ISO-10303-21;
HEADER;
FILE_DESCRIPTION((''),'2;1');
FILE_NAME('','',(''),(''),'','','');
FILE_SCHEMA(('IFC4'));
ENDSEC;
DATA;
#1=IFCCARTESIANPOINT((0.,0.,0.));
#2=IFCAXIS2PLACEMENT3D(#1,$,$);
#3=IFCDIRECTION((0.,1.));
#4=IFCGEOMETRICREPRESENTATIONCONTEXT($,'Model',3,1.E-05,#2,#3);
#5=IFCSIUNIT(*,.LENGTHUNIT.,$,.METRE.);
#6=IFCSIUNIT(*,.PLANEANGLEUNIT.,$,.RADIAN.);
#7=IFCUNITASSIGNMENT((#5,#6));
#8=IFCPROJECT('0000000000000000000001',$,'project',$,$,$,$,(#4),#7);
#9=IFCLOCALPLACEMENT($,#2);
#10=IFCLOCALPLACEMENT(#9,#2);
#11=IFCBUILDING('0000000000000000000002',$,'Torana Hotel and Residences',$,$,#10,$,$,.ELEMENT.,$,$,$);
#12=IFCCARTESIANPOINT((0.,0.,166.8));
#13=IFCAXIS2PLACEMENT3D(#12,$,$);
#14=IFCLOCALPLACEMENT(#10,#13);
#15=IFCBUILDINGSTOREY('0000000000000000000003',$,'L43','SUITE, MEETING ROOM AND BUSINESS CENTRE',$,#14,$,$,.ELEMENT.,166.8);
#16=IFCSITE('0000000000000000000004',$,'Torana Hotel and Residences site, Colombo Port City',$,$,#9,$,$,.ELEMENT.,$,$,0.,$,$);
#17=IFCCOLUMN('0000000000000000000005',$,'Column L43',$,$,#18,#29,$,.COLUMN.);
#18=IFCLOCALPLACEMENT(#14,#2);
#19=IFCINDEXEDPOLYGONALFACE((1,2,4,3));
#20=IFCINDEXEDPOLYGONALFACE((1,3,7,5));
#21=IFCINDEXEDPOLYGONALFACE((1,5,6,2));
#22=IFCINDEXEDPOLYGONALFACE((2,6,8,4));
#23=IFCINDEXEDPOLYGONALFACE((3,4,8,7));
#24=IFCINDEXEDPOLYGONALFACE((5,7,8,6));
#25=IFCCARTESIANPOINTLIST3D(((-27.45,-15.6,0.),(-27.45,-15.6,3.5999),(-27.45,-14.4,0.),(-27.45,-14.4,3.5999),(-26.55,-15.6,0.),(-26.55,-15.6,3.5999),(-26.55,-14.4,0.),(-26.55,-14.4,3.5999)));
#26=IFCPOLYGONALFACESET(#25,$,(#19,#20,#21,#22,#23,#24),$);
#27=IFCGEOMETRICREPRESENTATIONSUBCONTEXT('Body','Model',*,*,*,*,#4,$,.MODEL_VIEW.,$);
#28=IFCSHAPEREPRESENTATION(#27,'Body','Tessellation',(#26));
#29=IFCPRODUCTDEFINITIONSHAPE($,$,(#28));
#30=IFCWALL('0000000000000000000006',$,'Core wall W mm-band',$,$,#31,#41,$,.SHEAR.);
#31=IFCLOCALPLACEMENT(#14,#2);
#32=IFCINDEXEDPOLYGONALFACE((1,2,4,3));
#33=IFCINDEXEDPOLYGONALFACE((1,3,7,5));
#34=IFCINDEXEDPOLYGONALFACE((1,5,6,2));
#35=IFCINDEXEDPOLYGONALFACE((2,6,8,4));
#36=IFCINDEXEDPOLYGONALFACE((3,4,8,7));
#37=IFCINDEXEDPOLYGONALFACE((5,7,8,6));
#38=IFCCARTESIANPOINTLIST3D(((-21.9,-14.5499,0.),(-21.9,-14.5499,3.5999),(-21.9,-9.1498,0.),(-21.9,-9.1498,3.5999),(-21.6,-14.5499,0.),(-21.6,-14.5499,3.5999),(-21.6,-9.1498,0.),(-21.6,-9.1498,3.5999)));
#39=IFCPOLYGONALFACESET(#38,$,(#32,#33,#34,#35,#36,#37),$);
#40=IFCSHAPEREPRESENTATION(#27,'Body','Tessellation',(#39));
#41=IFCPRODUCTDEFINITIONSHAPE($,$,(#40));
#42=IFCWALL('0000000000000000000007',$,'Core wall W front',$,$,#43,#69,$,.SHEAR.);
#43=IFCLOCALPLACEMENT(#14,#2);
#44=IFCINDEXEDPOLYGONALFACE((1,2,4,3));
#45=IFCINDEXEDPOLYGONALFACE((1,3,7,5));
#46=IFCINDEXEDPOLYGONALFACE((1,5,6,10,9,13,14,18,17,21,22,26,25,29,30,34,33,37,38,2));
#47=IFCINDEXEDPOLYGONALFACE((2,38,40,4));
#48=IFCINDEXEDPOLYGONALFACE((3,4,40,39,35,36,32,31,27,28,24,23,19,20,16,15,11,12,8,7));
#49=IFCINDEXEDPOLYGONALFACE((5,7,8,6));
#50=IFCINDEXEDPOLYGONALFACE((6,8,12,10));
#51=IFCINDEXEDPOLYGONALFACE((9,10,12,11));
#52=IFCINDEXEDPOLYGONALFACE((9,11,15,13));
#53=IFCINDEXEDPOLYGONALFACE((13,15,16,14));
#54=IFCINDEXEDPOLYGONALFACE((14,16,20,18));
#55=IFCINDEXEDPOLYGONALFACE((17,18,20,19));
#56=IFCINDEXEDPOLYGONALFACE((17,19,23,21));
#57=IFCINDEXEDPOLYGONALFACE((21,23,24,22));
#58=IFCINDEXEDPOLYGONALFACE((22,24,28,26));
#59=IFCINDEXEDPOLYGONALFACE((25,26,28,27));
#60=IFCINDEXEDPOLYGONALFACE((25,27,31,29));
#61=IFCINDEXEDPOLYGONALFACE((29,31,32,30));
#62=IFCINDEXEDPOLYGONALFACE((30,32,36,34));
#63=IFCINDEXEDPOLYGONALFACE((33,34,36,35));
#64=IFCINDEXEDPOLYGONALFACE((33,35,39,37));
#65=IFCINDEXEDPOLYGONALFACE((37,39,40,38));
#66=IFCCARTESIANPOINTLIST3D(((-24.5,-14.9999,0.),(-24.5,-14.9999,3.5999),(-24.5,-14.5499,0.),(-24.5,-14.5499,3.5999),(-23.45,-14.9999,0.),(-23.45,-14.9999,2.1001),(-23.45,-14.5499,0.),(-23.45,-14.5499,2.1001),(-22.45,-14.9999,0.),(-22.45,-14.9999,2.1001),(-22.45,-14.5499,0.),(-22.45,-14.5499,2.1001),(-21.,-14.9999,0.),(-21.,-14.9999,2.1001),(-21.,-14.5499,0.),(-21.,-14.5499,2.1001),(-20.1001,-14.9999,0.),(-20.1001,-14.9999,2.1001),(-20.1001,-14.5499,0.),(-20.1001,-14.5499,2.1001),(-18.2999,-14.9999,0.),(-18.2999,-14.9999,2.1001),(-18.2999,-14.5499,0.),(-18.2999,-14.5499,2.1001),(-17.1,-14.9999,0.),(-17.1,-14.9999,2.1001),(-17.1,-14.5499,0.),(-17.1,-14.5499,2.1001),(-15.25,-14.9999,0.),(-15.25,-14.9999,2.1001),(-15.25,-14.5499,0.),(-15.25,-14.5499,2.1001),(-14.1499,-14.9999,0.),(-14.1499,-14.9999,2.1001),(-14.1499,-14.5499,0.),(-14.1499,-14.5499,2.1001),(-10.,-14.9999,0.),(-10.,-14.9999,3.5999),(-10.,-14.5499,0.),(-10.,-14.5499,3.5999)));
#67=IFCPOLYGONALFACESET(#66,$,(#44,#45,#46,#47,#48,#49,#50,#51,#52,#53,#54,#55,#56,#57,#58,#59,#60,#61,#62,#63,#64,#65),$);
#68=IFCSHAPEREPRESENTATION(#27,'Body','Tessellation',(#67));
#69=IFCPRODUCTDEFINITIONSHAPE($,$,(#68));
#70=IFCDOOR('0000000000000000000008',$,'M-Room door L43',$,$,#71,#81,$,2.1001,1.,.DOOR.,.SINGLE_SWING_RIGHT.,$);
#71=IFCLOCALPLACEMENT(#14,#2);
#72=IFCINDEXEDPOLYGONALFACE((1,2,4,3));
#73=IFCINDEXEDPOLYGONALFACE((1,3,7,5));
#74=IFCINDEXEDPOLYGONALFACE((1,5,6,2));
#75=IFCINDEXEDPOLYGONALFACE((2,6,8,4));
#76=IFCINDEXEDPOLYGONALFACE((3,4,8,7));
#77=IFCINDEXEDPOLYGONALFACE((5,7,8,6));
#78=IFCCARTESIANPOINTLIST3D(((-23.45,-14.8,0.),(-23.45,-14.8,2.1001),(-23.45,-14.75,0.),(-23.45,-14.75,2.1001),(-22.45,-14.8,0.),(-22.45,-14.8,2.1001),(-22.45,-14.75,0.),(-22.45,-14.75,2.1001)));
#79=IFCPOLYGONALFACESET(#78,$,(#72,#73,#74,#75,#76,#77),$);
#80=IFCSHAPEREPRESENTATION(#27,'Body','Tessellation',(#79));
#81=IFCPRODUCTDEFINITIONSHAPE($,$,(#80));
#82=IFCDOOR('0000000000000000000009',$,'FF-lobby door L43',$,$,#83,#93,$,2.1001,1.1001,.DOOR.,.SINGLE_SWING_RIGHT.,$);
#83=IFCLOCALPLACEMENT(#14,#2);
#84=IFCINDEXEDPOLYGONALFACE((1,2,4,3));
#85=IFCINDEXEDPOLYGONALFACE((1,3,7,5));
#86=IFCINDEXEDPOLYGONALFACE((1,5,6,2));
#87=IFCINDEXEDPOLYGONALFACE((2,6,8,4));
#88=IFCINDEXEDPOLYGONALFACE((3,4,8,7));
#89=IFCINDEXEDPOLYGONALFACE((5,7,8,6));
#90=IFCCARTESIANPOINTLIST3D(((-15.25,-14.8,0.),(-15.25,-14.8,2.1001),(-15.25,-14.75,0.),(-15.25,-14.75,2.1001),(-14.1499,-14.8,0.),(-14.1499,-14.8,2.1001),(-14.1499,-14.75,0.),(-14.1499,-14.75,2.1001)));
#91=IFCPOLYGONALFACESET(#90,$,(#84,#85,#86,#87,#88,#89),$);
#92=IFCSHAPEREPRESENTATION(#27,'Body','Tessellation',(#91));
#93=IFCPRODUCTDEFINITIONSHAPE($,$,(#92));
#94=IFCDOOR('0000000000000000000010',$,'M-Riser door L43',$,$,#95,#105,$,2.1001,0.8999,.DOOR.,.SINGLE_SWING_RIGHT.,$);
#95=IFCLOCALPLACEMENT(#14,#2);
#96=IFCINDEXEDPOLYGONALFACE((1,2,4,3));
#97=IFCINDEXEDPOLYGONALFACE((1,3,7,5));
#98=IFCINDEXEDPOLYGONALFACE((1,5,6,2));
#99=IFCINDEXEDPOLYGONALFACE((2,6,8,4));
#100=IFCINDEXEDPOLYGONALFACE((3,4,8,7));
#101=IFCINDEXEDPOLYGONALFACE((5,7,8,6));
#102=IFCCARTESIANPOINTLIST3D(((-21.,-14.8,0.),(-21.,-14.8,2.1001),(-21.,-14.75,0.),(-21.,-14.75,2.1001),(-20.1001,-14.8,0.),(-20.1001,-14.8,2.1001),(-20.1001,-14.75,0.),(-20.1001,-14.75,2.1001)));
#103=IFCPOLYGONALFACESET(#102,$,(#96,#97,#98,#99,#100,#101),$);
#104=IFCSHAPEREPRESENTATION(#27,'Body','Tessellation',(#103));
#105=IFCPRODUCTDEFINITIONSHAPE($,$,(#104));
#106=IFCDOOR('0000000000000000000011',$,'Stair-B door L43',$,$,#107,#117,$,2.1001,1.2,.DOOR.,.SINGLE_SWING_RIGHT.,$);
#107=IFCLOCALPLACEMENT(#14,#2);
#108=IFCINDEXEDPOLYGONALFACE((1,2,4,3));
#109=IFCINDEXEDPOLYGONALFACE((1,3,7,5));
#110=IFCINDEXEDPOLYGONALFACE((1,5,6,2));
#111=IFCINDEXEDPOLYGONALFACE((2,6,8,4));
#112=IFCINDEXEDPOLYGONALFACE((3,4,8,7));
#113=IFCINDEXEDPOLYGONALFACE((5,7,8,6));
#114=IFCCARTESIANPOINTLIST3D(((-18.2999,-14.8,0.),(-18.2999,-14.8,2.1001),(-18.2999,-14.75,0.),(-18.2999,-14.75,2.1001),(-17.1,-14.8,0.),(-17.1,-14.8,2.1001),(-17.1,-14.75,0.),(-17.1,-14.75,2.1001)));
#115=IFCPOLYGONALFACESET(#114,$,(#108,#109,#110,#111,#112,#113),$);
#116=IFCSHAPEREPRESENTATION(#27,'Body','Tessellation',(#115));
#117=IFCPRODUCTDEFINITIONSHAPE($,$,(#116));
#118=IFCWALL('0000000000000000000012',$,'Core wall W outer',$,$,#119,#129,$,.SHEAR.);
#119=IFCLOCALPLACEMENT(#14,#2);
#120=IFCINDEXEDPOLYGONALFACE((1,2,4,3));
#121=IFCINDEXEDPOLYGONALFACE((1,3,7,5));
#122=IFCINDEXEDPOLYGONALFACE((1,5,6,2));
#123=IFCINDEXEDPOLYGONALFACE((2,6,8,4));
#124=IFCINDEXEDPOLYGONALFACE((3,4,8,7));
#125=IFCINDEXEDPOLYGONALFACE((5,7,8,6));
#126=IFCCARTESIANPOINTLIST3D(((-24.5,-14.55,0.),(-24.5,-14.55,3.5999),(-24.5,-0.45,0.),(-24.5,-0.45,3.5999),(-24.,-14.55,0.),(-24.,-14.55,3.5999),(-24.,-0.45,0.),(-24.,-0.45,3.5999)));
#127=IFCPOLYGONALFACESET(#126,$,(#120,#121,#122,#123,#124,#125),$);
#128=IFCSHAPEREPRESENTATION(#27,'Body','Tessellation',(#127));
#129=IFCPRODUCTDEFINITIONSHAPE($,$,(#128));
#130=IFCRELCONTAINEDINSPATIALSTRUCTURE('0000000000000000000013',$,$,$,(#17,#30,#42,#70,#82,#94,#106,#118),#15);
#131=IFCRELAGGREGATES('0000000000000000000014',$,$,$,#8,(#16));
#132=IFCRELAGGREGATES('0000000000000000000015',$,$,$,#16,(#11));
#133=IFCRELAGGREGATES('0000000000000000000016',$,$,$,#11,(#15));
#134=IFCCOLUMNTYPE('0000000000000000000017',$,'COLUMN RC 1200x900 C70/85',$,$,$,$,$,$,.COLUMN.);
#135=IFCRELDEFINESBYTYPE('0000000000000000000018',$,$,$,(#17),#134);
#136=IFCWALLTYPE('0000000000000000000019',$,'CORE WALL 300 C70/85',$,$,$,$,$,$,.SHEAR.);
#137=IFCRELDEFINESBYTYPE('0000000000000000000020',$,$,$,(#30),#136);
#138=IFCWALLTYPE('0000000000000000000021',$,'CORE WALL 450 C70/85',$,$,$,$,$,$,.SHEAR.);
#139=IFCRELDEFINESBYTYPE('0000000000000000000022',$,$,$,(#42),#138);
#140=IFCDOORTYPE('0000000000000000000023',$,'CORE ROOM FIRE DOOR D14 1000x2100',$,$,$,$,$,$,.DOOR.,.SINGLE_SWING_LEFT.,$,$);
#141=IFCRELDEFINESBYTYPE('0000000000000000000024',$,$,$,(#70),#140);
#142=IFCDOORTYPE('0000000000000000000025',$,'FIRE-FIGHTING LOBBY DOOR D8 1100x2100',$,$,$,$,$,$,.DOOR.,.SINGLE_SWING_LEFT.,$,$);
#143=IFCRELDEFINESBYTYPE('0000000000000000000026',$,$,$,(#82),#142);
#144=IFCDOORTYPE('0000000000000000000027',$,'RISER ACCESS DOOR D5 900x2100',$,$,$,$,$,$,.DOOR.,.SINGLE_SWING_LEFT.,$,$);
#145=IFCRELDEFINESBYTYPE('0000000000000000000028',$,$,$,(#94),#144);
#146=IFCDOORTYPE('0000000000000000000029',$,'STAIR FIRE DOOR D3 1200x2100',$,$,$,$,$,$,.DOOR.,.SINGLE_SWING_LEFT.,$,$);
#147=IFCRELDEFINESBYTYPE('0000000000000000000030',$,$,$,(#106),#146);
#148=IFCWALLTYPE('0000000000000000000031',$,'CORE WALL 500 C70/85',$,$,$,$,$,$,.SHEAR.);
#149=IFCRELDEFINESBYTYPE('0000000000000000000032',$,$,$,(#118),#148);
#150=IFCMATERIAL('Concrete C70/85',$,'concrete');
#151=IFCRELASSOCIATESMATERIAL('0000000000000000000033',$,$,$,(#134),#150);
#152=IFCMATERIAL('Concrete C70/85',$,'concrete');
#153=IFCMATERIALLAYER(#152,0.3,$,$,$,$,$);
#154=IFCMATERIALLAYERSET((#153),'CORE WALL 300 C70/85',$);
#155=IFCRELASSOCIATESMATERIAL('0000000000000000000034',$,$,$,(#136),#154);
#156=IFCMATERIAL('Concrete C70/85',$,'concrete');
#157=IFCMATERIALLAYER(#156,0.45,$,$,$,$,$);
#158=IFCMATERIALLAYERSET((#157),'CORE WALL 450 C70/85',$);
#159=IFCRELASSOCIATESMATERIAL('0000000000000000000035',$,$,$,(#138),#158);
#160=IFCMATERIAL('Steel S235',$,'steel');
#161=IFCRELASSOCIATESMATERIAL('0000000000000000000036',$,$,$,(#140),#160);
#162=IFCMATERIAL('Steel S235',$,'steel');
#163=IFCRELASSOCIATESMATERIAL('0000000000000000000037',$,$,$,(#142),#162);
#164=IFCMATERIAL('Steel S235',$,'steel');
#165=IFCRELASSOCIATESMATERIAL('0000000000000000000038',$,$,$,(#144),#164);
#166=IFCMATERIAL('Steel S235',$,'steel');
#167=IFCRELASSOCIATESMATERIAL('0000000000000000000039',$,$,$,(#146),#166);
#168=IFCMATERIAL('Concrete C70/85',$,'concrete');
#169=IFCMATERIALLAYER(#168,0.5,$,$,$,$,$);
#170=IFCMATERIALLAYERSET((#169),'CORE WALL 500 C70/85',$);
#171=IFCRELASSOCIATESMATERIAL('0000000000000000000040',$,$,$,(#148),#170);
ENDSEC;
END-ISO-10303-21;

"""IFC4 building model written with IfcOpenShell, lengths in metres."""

from ifc_helpers import new_model, si_unit, direction, frame, frame_2d, origin, origin_2d, place, context, subcontext, project, spatial, rectangle, extrude, material, layer, layer_set, material_profile, profile_set, type_object, element, fill, save


model = new_model("IFC4")

# Units and contexts
model_context = context("Model", 3, precision=1e-05, world=origin(), true_north=direction((0.0, 1.0)))
body_context = subcontext(model_context, "Body", "Model", "MODEL_VIEW")
ifc_project = project(units=[si_unit("LENGTHUNIT", "METRE"), si_unit("PLANEANGLEUNIT", "RADIAN")], contexts=[model_context])

# Site, building, storey
site_placement = place(None, origin())
site = spatial("IfcSite", under=ifc_project, at=site_placement, Name="Torana Hotel and Residences site, Colombo Port City", CompositionType="ELEMENT", RefElevation=0.0)
building_placement = place(site_placement, origin())
building = spatial("IfcBuilding", under=site, at=building_placement, Name="Torana Hotel and Residences", CompositionType="ELEMENT")
storey_placement = place(building_placement, frame((0.0, 0.0, 166.8)))
storey = spatial("IfcBuildingStorey", under=building, at=storey_placement, Name="L43", Description="SUITE, MEETING ROOM AND BUSINESS CENTRE", CompositionType="ELEMENT", Elevation=166.8)

# Column
ifc_material_1 = material(Name="Concrete C70/85", Category="concrete")
ifc_material_profile = material_profile(ifc_material_1, rectangle(XDim=1.2, YDim=0.8999, at=origin_2d()), Name="RC 1200x900")
ifc_profile_set = profile_set([ifc_material_profile], Name="Concrete C70/85")
column_type = type_object("IfcColumnType", Name="COLUMN RC 1200x900 C70/85", PredefinedType="COLUMN", material=ifc_profile_set)
column_placement = place(storey_placement, frame((-27.0, -15.0, 0.0), z_axis=(0.0, 0.0, 1.0), x_axis=(0.0, 1.0, 0.0)))
element("IfcColumn", 1, at=column_placement, inside=storey, type_object=column_type, Name="Column L43", PredefinedType="COLUMN", context=body_context, shape_type="SweptSolid", body=[
    extrude(rectangle(XDim=1.2, YDim=0.8999, at=origin_2d()), origin(), (0.0, 0.0, 1.0), 3.5999),
])

# Wall
ifc_material_2 = material(Name="Concrete C70/85", Category="concrete")
ifc_layer_1 = layer(ifc_material_2, 0.3)
ifc_layer_set_1 = layer_set([ifc_layer_1], Name="CORE WALL 300 C70/85")
wall_type_1 = type_object("IfcWallType", Name="CORE WALL 300 C70/85", PredefinedType="SHEAR", material=ifc_layer_set_1)
wall_1_placement = place(storey_placement, frame((-21.75, -14.55, 0.0), z_axis=(0.0, 0.0, 1.0), x_axis=(0.0, 1.0, 0.0)))
element("IfcWall", 2, at=wall_1_placement, inside=storey, type_object=wall_type_1, Name="Core wall W mm-band", PredefinedType="SHEAR", context=body_context, shape_type="SweptSolid", body=[
    extrude(rectangle(XDim=5.4001, YDim=0.3, at=frame_2d((2.7002, 0.0))), origin(), (0.0, 0.0, 1.0), 3.5999),
])

# Wall, openings, doors
ifc_material_3 = material(Name="Concrete C70/85", Category="concrete")
ifc_layer_2 = layer(ifc_material_3, 0.45)
ifc_layer_set_2 = layer_set([ifc_layer_2], Name="CORE WALL 450 C70/85")
wall_type_2 = type_object("IfcWallType", Name="CORE WALL 450 C70/85", PredefinedType="SHEAR", material=ifc_layer_set_2)
wall_2_placement = place(storey_placement, frame((-24.5, -14.7749, 0.0), z_axis=(0.0, 0.0, 1.0), x_axis=(1.0, 0.0, 0.0)))
wall_2 = element("IfcWall", 3, at=wall_2_placement, inside=storey, type_object=wall_type_2, Name="Core wall W front", PredefinedType="SHEAR", context=body_context, shape_type="SweptSolid", body=[
    extrude(rectangle(XDim=14.5, YDim=0.45, at=frame_2d((7.25, 0.0))), origin(), (0.0, 0.0, 1.0), 3.5999),
])
opening_1_placement = place(wall_2_placement, frame((6.2, 0.0, 0.0)))
opening_1 = element("IfcOpeningElement", 4, at=opening_1_placement, cuts=wall_2, PredefinedType="OPENING", context=body_context, shape_type="SweptSolid", body=[
    extrude(rectangle(XDim=1.2, YDim=2.1001, at=frame_2d((0.6001, 1.05))), frame((0.0, 0.2349, 0.0), z_axis=(0.0, -1.0, 0.0), x_axis=(1.0, 0.0, 0.0)), (0.0, 0.0, 1.0), 0.47),
])
opening_2_placement = place(wall_2_placement, frame((9.25, 0.0, 0.0)))
opening_2 = element("IfcOpeningElement", 5, at=opening_2_placement, cuts=wall_2, PredefinedType="OPENING", context=body_context, shape_type="SweptSolid", body=[
    extrude(rectangle(XDim=1.1001, YDim=2.1001, at=frame_2d((0.55, 1.05))), frame((0.0, 0.2349, 0.0), z_axis=(0.0, -1.0, 0.0), x_axis=(1.0, 0.0, 0.0)), (0.0, 0.0, 1.0), 0.47),
])
opening_3_placement = place(wall_2_placement, frame((3.5, 0.0, 0.0)))
opening_3 = element("IfcOpeningElement", 6, at=opening_3_placement, cuts=wall_2, PredefinedType="OPENING", context=body_context, shape_type="SweptSolid", body=[
    extrude(rectangle(XDim=0.8999, YDim=2.1001, at=frame_2d((0.45, 1.05))), frame((0.0, 0.2349, 0.0), z_axis=(0.0, -1.0, 0.0), x_axis=(1.0, 0.0, 0.0)), (0.0, 0.0, 1.0), 0.47),
])
opening_4_placement = place(wall_2_placement, frame((1.05, 0.0, 0.0)))
opening_4 = element("IfcOpeningElement", 7, at=opening_4_placement, cuts=wall_2, PredefinedType="OPENING", context=body_context, shape_type="SweptSolid", body=[
    extrude(rectangle(XDim=1.0, YDim=2.1001, at=frame_2d((0.5, 1.05))), frame((0.0, 0.2349, 0.0), z_axis=(0.0, -1.0, 0.0), x_axis=(1.0, 0.0, 0.0)), (0.0, 0.0, 1.0), 0.47),
])
ifc_material_4 = material(Name="Steel S235", Category="steel")
door_type_1 = type_object("IfcDoorType", Name="CORE ROOM FIRE DOOR D14 1000x2100", OperationType="SINGLE_SWING_LEFT", PredefinedType="DOOR", material=ifc_material_4)
door_1_placement = place(opening_4_placement, origin())
door_1 = element("IfcDoor", 8, at=door_1_placement, inside=storey, type_object=door_type_1, Name="M-Room door L43", OperationType="SINGLE_SWING_RIGHT", OverallHeight=2.1001, OverallWidth=1.0, PredefinedType="DOOR", context=body_context, shape_type="SweptSolid", body=[
    extrude(rectangle(XDim=1.0, YDim=2.1001, at=frame_2d((0.5, 1.05))), frame((0.0, 0.0249, 0.0), z_axis=(0.0, -1.0, 0.0), x_axis=(1.0, 0.0, 0.0)), (0.0, 0.0, 1.0), 0.05),
])
fill(opening_4, door_1)
ifc_material_5 = material(Name="Steel S235", Category="steel")
door_type_2 = type_object("IfcDoorType", Name="FIRE-FIGHTING LOBBY DOOR D8 1100x2100", OperationType="SINGLE_SWING_LEFT", PredefinedType="DOOR", material=ifc_material_5)
door_2_placement = place(opening_2_placement, origin())
door_2 = element("IfcDoor", 9, at=door_2_placement, inside=storey, type_object=door_type_2, Name="FF-lobby door L43", OperationType="SINGLE_SWING_RIGHT", OverallHeight=2.1001, OverallWidth=1.1001, PredefinedType="DOOR", context=body_context, shape_type="SweptSolid", body=[
    extrude(rectangle(XDim=1.1001, YDim=2.1001, at=frame_2d((0.55, 1.05))), frame((0.0, 0.0249, 0.0), z_axis=(0.0, -1.0, 0.0), x_axis=(1.0, 0.0, 0.0)), (0.0, 0.0, 1.0), 0.05),
])
fill(opening_2, door_2)
ifc_material_6 = material(Name="Steel S235", Category="steel")
door_type_3 = type_object("IfcDoorType", Name="RISER ACCESS DOOR D5 900x2100", OperationType="SINGLE_SWING_LEFT", PredefinedType="DOOR", material=ifc_material_6)
door_3_placement = place(opening_3_placement, origin())
door_3 = element("IfcDoor", 10, at=door_3_placement, inside=storey, type_object=door_type_3, Name="M-Riser door L43", OperationType="SINGLE_SWING_RIGHT", OverallHeight=2.1001, OverallWidth=0.8999, PredefinedType="DOOR", context=body_context, shape_type="SweptSolid", body=[
    extrude(rectangle(XDim=0.8999, YDim=2.1001, at=frame_2d((0.45, 1.05))), frame((0.0, 0.0249, 0.0), z_axis=(0.0, -1.0, 0.0), x_axis=(1.0, 0.0, 0.0)), (0.0, 0.0, 1.0), 0.05),
])
fill(opening_3, door_3)
ifc_material_7 = material(Name="Steel S235", Category="steel")
door_type_4 = type_object("IfcDoorType", Name="STAIR FIRE DOOR D3 1200x2100", OperationType="SINGLE_SWING_LEFT", PredefinedType="DOOR", material=ifc_material_7)
door_4_placement = place(opening_1_placement, origin())
door_4 = element("IfcDoor", 11, at=door_4_placement, inside=storey, type_object=door_type_4, Name="Stair-B door L43", OperationType="SINGLE_SWING_RIGHT", OverallHeight=2.1001, OverallWidth=1.2, PredefinedType="DOOR", context=body_context, shape_type="SweptSolid", body=[
    extrude(rectangle(XDim=1.2, YDim=2.1001, at=frame_2d((0.6001, 1.05))), frame((0.0, 0.0249, 0.0), z_axis=(0.0, -1.0, 0.0), x_axis=(1.0, 0.0, 0.0)), (0.0, 0.0, 1.0), 0.05),
])
fill(opening_1, door_4)

# Wall
ifc_material_8 = material(Name="Concrete C70/85", Category="concrete")
ifc_layer_3 = layer(ifc_material_8, 0.5)
ifc_layer_set_3 = layer_set([ifc_layer_3], Name="CORE WALL 500 C70/85")
wall_type_3 = type_object("IfcWallType", Name="CORE WALL 500 C70/85", PredefinedType="SHEAR", material=ifc_layer_set_3)
wall_3_placement = place(storey_placement, frame((-24.25, -14.55, 0.0), z_axis=(0.0, 0.0, 1.0), x_axis=(0.0, 1.0, 0.0)))
element("IfcWall", 12, at=wall_3_placement, inside=storey, type_object=wall_type_3, Name="Core wall W outer", PredefinedType="SHEAR", context=body_context, shape_type="SweptSolid", body=[
    extrude(rectangle(XDim=14.1001, YDim=0.5, at=frame_2d((7.05, 0.0))), origin(), (0.0, 0.0, 1.0), 3.5999),
])

save(model, "model.ifc")
